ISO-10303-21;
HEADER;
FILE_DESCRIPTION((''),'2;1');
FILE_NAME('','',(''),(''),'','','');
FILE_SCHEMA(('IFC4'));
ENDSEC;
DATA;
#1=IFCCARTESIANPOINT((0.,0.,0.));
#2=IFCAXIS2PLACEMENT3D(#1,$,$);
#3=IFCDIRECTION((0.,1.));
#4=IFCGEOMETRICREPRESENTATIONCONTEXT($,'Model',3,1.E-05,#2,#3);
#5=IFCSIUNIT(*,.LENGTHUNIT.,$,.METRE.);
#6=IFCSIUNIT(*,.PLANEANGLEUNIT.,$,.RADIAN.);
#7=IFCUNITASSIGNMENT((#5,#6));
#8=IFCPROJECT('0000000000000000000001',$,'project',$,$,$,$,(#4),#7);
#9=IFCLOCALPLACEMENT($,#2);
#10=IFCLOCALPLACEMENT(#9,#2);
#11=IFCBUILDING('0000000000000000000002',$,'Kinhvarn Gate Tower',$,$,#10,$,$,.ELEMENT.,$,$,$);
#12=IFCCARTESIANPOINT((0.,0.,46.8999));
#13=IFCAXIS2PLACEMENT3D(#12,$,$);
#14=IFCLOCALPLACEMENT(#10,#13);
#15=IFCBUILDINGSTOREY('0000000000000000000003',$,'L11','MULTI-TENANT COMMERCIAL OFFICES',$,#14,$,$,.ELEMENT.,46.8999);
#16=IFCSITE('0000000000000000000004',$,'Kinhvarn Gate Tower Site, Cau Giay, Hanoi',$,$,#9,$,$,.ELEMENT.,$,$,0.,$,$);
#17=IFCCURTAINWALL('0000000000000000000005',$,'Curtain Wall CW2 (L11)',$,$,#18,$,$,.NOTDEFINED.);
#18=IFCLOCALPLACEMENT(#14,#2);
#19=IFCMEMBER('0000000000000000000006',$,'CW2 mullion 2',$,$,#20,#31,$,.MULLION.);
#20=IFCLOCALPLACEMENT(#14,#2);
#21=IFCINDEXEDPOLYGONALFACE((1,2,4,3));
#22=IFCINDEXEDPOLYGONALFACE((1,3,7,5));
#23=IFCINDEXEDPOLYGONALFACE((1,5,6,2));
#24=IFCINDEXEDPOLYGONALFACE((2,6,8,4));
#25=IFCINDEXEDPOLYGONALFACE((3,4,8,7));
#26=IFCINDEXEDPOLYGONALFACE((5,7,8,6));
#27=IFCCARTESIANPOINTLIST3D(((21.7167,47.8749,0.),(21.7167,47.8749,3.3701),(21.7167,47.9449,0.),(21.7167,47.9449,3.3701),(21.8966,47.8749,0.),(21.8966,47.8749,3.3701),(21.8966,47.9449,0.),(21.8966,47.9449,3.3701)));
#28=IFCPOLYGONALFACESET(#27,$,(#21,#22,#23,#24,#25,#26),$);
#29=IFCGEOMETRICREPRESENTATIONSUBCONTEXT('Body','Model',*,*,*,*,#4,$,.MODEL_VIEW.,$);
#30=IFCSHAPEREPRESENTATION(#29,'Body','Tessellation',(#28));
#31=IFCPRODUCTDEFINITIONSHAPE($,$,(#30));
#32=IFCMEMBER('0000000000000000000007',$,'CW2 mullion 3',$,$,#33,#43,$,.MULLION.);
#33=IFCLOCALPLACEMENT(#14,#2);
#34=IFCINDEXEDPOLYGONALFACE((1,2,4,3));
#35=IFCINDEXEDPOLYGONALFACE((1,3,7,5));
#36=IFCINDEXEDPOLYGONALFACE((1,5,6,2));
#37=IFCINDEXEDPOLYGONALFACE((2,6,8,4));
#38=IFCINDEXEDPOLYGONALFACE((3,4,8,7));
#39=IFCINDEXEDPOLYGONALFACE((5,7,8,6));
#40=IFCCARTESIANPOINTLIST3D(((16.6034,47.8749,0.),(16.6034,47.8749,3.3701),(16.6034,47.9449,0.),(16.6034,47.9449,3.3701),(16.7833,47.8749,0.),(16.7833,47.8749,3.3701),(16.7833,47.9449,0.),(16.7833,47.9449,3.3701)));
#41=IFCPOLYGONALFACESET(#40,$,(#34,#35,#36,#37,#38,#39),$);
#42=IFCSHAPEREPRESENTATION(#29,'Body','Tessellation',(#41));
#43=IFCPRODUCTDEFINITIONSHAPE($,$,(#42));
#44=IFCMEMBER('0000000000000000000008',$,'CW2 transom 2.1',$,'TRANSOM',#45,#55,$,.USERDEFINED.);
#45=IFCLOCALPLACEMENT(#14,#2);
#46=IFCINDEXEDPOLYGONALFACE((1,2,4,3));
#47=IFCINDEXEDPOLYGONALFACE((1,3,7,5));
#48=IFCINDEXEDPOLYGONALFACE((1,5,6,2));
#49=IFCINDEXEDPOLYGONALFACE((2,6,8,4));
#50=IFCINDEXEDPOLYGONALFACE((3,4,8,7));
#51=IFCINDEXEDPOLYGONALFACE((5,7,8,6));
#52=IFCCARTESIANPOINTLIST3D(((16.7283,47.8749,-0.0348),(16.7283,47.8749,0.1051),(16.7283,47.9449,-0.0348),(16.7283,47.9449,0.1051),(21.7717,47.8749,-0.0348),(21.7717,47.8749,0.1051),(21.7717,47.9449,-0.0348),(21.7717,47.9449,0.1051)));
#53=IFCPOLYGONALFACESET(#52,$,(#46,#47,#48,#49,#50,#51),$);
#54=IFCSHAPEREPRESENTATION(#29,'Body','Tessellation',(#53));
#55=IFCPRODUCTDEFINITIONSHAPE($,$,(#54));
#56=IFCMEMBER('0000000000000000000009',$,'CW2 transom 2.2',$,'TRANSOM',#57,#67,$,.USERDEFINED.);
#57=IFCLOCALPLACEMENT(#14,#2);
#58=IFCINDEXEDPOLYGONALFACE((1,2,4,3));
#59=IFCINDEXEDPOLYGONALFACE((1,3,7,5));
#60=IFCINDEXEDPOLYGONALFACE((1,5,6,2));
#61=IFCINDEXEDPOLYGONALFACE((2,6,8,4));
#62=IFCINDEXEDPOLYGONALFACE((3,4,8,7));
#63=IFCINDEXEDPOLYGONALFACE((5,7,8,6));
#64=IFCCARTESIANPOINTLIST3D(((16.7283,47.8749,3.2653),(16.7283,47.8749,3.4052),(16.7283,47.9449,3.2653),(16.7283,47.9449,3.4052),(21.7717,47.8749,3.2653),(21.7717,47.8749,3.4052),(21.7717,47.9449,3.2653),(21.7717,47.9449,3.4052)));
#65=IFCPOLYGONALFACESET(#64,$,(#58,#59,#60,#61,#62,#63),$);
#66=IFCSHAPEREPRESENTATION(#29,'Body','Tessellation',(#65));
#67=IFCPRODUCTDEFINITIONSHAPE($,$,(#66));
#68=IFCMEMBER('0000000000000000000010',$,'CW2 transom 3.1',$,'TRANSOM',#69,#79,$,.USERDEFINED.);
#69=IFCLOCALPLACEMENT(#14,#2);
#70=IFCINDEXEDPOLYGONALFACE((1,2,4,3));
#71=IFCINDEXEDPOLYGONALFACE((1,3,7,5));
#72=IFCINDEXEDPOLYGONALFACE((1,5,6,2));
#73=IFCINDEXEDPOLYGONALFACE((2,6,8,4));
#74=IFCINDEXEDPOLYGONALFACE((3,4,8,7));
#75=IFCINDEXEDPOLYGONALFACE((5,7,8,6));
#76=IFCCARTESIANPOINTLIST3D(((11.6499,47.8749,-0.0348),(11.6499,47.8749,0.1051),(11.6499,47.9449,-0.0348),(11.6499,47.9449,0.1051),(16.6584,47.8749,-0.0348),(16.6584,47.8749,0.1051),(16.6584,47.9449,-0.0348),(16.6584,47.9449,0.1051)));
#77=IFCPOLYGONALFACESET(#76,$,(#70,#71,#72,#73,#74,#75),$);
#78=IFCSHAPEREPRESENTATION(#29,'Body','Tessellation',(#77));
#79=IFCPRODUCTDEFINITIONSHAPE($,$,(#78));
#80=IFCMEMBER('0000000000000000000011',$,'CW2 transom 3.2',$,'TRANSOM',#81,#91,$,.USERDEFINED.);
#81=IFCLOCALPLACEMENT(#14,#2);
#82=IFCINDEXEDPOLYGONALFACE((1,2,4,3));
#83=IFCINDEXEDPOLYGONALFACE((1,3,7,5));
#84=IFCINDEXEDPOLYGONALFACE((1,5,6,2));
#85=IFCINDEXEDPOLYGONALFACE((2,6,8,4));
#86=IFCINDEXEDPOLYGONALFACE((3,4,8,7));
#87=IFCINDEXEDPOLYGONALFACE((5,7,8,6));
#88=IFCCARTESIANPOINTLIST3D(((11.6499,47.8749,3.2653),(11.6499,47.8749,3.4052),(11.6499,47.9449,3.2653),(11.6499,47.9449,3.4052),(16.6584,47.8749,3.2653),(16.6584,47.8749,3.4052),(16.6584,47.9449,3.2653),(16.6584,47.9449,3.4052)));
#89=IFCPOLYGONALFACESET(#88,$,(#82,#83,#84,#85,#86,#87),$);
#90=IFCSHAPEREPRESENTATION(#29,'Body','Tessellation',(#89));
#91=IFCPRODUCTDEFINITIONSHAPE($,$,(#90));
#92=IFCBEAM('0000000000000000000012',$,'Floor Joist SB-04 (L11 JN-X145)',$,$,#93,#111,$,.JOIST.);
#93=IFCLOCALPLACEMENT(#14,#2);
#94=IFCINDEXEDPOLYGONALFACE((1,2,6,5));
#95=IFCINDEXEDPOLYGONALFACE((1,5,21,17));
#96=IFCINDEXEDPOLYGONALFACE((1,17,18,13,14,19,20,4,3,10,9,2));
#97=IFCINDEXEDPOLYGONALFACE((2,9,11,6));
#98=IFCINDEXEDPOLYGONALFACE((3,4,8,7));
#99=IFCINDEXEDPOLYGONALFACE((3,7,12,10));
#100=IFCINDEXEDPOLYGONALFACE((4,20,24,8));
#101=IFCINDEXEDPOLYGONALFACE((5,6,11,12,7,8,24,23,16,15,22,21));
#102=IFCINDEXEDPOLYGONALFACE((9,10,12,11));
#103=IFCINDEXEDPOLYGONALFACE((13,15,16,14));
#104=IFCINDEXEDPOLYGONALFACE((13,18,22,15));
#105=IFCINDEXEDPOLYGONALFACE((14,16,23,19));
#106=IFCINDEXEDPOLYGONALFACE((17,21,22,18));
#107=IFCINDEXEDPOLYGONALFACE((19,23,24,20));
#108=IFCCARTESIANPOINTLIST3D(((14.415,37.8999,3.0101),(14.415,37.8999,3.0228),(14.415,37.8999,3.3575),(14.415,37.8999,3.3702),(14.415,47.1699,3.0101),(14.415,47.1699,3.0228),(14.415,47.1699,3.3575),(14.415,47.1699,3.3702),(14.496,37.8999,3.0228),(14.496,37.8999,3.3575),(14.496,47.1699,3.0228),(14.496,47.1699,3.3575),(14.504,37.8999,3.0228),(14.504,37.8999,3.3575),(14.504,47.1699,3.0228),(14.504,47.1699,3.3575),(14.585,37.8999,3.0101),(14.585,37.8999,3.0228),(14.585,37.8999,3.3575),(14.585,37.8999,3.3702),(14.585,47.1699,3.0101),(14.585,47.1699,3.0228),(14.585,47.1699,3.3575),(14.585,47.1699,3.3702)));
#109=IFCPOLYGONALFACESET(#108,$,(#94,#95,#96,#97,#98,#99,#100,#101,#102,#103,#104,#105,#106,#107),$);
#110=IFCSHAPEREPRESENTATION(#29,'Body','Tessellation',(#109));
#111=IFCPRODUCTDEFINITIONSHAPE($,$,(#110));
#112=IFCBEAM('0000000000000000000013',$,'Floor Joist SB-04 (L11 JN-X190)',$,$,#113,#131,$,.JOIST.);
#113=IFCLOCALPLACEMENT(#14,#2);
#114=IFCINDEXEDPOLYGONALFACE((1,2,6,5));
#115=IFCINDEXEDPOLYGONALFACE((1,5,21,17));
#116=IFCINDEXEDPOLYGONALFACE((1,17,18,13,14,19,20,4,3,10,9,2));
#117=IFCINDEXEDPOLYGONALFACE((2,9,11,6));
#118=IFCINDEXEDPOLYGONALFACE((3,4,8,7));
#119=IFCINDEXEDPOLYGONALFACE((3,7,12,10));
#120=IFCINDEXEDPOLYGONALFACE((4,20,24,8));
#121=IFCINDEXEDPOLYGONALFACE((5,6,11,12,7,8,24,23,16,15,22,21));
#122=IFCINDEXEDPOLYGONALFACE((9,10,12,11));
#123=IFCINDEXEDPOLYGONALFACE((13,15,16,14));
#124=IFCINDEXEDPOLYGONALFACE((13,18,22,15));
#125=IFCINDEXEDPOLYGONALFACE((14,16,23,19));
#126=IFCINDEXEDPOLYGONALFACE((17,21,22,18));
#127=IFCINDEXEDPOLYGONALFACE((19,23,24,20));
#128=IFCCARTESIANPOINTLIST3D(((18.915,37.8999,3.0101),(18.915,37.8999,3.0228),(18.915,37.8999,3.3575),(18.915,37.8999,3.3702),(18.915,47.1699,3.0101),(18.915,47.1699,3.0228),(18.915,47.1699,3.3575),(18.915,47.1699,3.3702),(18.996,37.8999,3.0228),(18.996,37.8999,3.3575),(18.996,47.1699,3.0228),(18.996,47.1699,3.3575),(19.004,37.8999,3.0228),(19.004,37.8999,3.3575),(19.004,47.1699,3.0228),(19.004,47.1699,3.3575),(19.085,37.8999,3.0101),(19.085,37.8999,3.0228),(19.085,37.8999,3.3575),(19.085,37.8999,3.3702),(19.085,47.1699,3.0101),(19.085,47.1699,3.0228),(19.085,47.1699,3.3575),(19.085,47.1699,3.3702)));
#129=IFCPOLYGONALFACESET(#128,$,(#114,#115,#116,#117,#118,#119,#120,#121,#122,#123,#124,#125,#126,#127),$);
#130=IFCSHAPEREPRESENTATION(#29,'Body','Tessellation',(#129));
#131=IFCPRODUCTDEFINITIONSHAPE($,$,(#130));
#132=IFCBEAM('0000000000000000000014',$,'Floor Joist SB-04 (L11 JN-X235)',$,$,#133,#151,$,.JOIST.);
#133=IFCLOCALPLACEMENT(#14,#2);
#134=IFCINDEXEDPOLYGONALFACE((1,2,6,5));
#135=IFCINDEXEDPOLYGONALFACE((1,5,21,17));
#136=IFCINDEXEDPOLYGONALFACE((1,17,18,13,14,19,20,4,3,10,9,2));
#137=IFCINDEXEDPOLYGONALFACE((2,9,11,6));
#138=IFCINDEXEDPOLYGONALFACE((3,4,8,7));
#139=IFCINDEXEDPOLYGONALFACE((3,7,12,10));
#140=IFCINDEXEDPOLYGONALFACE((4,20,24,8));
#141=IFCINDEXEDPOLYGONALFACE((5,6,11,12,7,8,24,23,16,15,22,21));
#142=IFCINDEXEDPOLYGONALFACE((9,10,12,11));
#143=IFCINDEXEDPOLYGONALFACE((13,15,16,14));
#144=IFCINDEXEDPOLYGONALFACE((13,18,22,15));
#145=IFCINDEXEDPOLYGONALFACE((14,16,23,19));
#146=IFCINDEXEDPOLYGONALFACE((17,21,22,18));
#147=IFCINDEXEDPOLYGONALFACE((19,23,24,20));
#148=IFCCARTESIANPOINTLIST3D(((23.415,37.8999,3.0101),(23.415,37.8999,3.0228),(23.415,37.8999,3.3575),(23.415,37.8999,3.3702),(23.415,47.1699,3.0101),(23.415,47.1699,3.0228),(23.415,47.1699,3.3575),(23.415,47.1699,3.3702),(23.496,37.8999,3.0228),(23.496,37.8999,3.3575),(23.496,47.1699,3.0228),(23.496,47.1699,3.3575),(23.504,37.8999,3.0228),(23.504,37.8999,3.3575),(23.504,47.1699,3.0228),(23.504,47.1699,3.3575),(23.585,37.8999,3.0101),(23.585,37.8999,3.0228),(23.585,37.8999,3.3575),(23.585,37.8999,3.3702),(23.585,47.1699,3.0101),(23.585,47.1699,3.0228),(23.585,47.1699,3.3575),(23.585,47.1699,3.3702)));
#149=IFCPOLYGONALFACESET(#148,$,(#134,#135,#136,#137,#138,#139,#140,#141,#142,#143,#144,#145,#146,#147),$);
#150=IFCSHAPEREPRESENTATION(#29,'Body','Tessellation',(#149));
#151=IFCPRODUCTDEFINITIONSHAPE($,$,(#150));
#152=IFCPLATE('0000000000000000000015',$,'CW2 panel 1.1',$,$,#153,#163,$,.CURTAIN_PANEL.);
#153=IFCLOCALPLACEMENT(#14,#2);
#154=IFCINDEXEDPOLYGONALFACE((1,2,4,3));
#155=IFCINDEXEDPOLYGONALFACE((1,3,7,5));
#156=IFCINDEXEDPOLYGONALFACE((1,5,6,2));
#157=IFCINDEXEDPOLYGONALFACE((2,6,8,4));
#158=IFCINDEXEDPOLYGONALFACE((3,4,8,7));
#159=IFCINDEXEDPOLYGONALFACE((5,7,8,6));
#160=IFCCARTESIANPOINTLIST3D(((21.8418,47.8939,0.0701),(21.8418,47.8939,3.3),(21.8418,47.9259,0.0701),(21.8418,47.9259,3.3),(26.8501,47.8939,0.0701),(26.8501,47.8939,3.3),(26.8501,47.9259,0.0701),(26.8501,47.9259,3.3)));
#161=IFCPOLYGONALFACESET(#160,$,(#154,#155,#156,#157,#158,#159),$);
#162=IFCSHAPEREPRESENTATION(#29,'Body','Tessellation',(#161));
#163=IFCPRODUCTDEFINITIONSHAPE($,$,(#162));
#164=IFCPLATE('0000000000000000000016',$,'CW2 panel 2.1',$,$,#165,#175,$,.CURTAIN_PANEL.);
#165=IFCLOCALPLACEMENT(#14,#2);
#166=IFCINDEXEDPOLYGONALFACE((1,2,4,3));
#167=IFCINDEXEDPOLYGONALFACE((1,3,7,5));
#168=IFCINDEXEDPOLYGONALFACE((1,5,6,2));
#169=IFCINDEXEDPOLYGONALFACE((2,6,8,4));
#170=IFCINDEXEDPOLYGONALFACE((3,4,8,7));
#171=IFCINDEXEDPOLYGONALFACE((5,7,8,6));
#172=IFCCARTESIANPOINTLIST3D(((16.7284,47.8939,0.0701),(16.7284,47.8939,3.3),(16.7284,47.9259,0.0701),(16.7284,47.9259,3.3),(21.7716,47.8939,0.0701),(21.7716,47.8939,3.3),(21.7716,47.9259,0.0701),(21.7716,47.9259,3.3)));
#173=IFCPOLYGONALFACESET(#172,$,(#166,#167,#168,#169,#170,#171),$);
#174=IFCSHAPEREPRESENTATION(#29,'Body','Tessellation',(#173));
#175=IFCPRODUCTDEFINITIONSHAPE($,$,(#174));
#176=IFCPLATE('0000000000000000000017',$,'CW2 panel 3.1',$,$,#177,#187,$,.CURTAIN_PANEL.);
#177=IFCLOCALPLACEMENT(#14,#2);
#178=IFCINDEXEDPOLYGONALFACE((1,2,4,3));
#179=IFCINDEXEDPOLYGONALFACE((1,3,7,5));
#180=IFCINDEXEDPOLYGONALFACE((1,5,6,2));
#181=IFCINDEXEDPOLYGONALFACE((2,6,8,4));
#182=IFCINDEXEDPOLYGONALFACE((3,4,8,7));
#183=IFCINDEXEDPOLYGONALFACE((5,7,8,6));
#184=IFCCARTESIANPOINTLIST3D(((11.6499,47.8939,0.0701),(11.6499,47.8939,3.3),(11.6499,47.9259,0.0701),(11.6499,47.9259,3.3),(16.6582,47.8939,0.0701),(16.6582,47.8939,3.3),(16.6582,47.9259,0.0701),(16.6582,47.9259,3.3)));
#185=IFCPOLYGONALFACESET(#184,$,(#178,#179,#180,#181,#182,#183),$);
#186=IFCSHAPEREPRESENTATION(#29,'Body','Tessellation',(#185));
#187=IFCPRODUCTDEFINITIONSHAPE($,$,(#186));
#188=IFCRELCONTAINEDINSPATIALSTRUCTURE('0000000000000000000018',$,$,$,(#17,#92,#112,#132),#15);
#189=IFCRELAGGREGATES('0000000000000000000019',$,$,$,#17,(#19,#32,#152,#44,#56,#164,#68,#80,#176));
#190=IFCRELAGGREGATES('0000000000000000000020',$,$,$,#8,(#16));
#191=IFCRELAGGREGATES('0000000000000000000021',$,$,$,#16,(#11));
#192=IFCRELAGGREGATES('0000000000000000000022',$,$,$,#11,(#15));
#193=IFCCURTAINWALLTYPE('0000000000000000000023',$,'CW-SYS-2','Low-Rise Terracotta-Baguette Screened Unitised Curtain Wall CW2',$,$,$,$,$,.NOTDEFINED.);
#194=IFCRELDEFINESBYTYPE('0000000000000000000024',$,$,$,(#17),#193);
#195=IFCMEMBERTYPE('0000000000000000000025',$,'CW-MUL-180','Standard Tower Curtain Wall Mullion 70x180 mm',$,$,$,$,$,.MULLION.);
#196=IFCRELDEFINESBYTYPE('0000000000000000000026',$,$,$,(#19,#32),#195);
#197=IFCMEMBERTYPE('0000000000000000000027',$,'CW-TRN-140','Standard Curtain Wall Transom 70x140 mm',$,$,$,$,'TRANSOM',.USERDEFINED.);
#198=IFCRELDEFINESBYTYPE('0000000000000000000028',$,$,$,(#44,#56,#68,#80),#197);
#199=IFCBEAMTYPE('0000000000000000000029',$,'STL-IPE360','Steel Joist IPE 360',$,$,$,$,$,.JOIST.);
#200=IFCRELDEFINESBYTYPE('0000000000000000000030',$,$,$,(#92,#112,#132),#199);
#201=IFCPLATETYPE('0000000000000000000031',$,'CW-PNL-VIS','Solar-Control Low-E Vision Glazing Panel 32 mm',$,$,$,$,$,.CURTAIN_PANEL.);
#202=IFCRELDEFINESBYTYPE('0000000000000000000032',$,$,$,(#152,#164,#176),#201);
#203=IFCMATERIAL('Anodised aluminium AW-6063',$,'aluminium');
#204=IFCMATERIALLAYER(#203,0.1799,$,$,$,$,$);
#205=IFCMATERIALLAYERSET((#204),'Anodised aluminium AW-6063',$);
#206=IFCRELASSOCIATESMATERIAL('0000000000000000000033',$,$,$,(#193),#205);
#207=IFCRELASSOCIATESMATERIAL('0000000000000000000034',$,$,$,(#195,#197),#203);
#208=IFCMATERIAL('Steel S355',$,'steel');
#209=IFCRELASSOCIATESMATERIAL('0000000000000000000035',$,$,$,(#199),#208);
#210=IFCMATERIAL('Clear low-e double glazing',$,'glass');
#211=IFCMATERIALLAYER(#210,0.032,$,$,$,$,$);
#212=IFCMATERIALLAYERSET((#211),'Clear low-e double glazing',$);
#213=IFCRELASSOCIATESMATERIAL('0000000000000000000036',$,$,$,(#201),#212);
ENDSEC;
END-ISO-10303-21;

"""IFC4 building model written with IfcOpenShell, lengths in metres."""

from ifc_helpers import new_model, si_unit, direction, frame, origin, origin_2d, place, context, subcontext, project, spatial, rectangle, i_section, extrude, material, layer, layer_set, material_profile, profile_set, type_object, element, aggregate, save


model = new_model("IFC4")

# Units and contexts
model_context = context("Model", 3, precision=1e-05, world=origin(), true_north=direction((0.0, 1.0)))
body_context = subcontext(model_context, "Body", "Model", "MODEL_VIEW")
ifc_project = project(units=[si_unit("LENGTHUNIT", "METRE"), si_unit("PLANEANGLEUNIT", "RADIAN")], contexts=[model_context])

# Site, building, storey
site_placement = place(None, origin())
site = spatial("IfcSite", under=ifc_project, at=site_placement, Name="Kinhvarn Gate Tower Site, Cau Giay, Hanoi", CompositionType="ELEMENT", RefElevation=0.0)
building_placement = place(site_placement, origin())
building = spatial("IfcBuilding", under=site, at=building_placement, Name="Kinhvarn Gate Tower", CompositionType="ELEMENT")
storey_placement = place(building_placement, frame((0.0, 0.0, 46.8999)))
storey = spatial("IfcBuildingStorey", under=building, at=storey_placement, Name="L11", Description="MULTI-TENANT COMMERCIAL OFFICES", CompositionType="ELEMENT", Elevation=46.8999)

# Curtain wall, members
ifc_material_1 = material(Name="Anodised aluminium AW-6063", Category="aluminium")
ifc_layer_1 = layer(ifc_material_1, 0.1799)
ifc_layer_set_1 = layer_set([ifc_layer_1], Name="Anodised aluminium AW-6063")
curtain_wall_type = type_object("IfcCurtainWallType", Name="CW-SYS-2", Description="Low-Rise Terracotta-Baguette Screened Unitised Curtain Wall CW2", PredefinedType="NOTDEFINED", material=ifc_layer_set_1)
curtain_wall_placement = place(storey_placement, origin())
curtain_wall = element("IfcCurtainWall", 1, at=curtain_wall_placement, inside=storey, type_object=curtain_wall_type, Name="Curtain Wall CW2 (L11)", PredefinedType="NOTDEFINED")
ifc_material_profile_1 = material_profile(ifc_material_1, rectangle(XDim=0.0701, YDim=0.1799, at=origin_2d()), Name="ALU 70x180")
ifc_profile_set_1 = profile_set([ifc_material_profile_1], Name="Anodised aluminium AW-6063")
member_type_1 = type_object("IfcMemberType", Name="CW-MUL-180", Description="Standard Tower Curtain Wall Mullion 70x180 mm", PredefinedType="MULLION", material=ifc_profile_set_1)
member_1_placement = place(storey_placement, frame((21.8066, 47.9099, 0.0), z_axis=(0.0, 0.0, 1.0), x_axis=(0.0, -1.0, 0.0)))
member_1 = element("IfcMember", 2, at=member_1_placement, type_object=member_type_1, Name="CW2 mullion 2", PredefinedType="MULLION", context=body_context, shape_type="SweptSolid", body=[
    extrude(rectangle(XDim=0.0701, YDim=0.1799, at=origin_2d()), origin(), (0.0, 0.0, 1.0), 3.3701),
])
member_2_placement = place(storey_placement, frame((16.6934, 47.9099, 0.0), z_axis=(0.0, 0.0, 1.0), x_axis=(0.0, -1.0, 0.0)))
member_2 = element("IfcMember", 3, at=member_2_placement, type_object=member_type_1, Name="CW2 mullion 3", PredefinedType="MULLION", context=body_context, shape_type="SweptSolid", body=[
    extrude(rectangle(XDim=0.0701, YDim=0.1799, at=origin_2d()), origin(), (0.0, 0.0, 1.0), 3.3701),
])
ifc_material_profile_2 = material_profile(ifc_material_1, rectangle(XDim=0.0701, YDim=0.1399, at=origin_2d()), Name="ALU 70x140")
ifc_profile_set_2 = profile_set([ifc_material_profile_2], Name="Anodised aluminium AW-6063")
member_type_2 = type_object("IfcMemberType", Name="CW-TRN-140", Description="Standard Curtain Wall Transom 70x140 mm", ElementType="TRANSOM", PredefinedType="USERDEFINED", material=ifc_profile_set_2)
member_3_placement = place(storey_placement, frame((21.7717, 47.9099, 0.0352), z_axis=(-1.0, 0.0, 0.0), x_axis=(0.0, -1.0, 0.0)))
member_3 = element("IfcMember", 4, at=member_3_placement, type_object=member_type_2, Name="CW2 transom 2.1", ObjectType="TRANSOM", PredefinedType="USERDEFINED", context=body_context, shape_type="SweptSolid", body=[
    extrude(rectangle(XDim=0.0701, YDim=0.1399, at=origin_2d()), origin(), (0.0, 0.0, 1.0), 5.0435),
])
member_4_placement = place(storey_placement, frame((21.7717, 47.9099, 3.3352), z_axis=(-1.0, 0.0, 0.0), x_axis=(0.0, -1.0, 0.0)))
member_4 = element("IfcMember", 5, at=member_4_placement, type_object=member_type_2, Name="CW2 transom 2.2", ObjectType="TRANSOM", PredefinedType="USERDEFINED", context=body_context, shape_type="SweptSolid", body=[
    extrude(rectangle(XDim=0.0701, YDim=0.1399, at=origin_2d()), origin(), (0.0, 0.0, 1.0), 5.0435),
])
member_5_placement = place(storey_placement, frame((16.6584, 47.9099, 0.0352), z_axis=(-1.0, 0.0, 0.0), x_axis=(0.0, -1.0, 0.0)))
member_5 = element("IfcMember", 6, at=member_5_placement, type_object=member_type_2, Name="CW2 transom 3.1", ObjectType="TRANSOM", PredefinedType="USERDEFINED", context=body_context, shape_type="SweptSolid", body=[
    extrude(rectangle(XDim=0.0701, YDim=0.1399, at=origin_2d()), origin(), (0.0, 0.0, 1.0), 5.0085),
])
member_6_placement = place(storey_placement, frame((16.6584, 47.9099, 3.3352), z_axis=(-1.0, 0.0, 0.0), x_axis=(0.0, -1.0, 0.0)))
member_6 = element("IfcMember", 7, at=member_6_placement, type_object=member_type_2, Name="CW2 transom 3.2", ObjectType="TRANSOM", PredefinedType="USERDEFINED", context=body_context, shape_type="SweptSolid", body=[
    extrude(rectangle(XDim=0.0701, YDim=0.1399, at=origin_2d()), origin(), (0.0, 0.0, 1.0), 5.0085),
])

# Beams
ifc_material_2 = material(Name="Steel S355", Category="steel")
ifc_material_profile_3 = material_profile(ifc_material_2, i_section(OverallWidth=0.1699, OverallDepth=0.3601, WebThickness=0.0081, FlangeThickness=0.0127, at=origin_2d()), Name="IPE 360")
ifc_profile_set_3 = profile_set([ifc_material_profile_3], Name="Steel S355")
beam_type = type_object("IfcBeamType", Name="STL-IPE360", Description="Steel Joist IPE 360", PredefinedType="JOIST", material=ifc_profile_set_3)
for number, where, z_axis, x_axis, name in (
    (8, (14.5, 37.8999, 3.1902), (0.0, 1.0, 0.0), (-1.0, 0.0, 0.0), "Floor Joist SB-04 (L11 JN-X145)"),
    (9, (19.0, 37.8999, 3.1902), (0.0, 1.0, 0.0), (-1.0, 0.0, 0.0), "Floor Joist SB-04 (L11 JN-X190)"),
    (10, (23.5, 37.8999, 3.1902), (0.0, 1.0, 0.0), (-1.0, 0.0, 0.0), "Floor Joist SB-04 (L11 JN-X235)"),
):
    element("IfcBeam", number, at=place(storey_placement, frame(where, z_axis=z_axis, x_axis=x_axis)), inside=storey, type_object=beam_type, Name=name, PredefinedType="JOIST", context=body_context, shape_type="SweptSolid", body=[
        extrude(i_section(OverallWidth=0.1699, OverallDepth=0.3601, WebThickness=0.0081, FlangeThickness=0.0127, at=origin_2d()), origin(), (0.0, 0.0, 1.0), 9.27),
    ])

# Plates
ifc_material_3 = material(Name="Clear low-e double glazing", Category="glass")
ifc_layer_2 = layer(ifc_material_3, 0.032)
ifc_layer_set_2 = layer_set([ifc_layer_2], Name="Clear low-e double glazing")
plate_type = type_object("IfcPlateType", Name="CW-PNL-VIS", Description="Solar-Control Low-E Vision Glazing Panel 32 mm", PredefinedType="CURTAIN_PANEL", material=ifc_layer_set_2)
plate_1_placement = place(storey_placement, frame((24.3459, 47.9099, 0.0701), z_axis=(0.0, 0.0, 1.0), x_axis=(-1.0, 0.0, 0.0)))
plate_1 = element("IfcPlate", 11, at=plate_1_placement, type_object=plate_type, Name="CW2 panel 1.1", PredefinedType="CURTAIN_PANEL", context=body_context, shape_type="SweptSolid", body=[
    extrude(rectangle(XDim=5.0083, YDim=0.032, at=origin_2d()), origin(), (0.0, 0.0, 1.0), 3.23),
])
plate_2_placement = place(storey_placement, frame((19.25, 47.9099, 0.0701), z_axis=(0.0, 0.0, 1.0), x_axis=(-1.0, 0.0, 0.0)))
plate_2 = element("IfcPlate", 12, at=plate_2_placement, type_object=plate_type, Name="CW2 panel 2.1", PredefinedType="CURTAIN_PANEL", context=body_context, shape_type="SweptSolid", body=[
    extrude(rectangle(XDim=5.0432, YDim=0.032, at=origin_2d()), origin(), (0.0, 0.0, 1.0), 3.23),
])
plate_3_placement = place(storey_placement, frame((14.1541, 47.9099, 0.0701), z_axis=(0.0, 0.0, 1.0), x_axis=(-1.0, 0.0, 0.0)))
plate_3 = element("IfcPlate", 13, at=plate_3_placement, type_object=plate_type, Name="CW2 panel 3.1", PredefinedType="CURTAIN_PANEL", context=body_context, shape_type="SweptSolid", body=[
    extrude(rectangle(XDim=5.0083, YDim=0.032, at=origin_2d()), origin(), (0.0, 0.0, 1.0), 3.23),
])
aggregate(curtain_wall, [member_1, member_2, plate_1, member_3, member_4, plate_2, member_5, member_6, plate_3])

save(model, "model.ifc")
